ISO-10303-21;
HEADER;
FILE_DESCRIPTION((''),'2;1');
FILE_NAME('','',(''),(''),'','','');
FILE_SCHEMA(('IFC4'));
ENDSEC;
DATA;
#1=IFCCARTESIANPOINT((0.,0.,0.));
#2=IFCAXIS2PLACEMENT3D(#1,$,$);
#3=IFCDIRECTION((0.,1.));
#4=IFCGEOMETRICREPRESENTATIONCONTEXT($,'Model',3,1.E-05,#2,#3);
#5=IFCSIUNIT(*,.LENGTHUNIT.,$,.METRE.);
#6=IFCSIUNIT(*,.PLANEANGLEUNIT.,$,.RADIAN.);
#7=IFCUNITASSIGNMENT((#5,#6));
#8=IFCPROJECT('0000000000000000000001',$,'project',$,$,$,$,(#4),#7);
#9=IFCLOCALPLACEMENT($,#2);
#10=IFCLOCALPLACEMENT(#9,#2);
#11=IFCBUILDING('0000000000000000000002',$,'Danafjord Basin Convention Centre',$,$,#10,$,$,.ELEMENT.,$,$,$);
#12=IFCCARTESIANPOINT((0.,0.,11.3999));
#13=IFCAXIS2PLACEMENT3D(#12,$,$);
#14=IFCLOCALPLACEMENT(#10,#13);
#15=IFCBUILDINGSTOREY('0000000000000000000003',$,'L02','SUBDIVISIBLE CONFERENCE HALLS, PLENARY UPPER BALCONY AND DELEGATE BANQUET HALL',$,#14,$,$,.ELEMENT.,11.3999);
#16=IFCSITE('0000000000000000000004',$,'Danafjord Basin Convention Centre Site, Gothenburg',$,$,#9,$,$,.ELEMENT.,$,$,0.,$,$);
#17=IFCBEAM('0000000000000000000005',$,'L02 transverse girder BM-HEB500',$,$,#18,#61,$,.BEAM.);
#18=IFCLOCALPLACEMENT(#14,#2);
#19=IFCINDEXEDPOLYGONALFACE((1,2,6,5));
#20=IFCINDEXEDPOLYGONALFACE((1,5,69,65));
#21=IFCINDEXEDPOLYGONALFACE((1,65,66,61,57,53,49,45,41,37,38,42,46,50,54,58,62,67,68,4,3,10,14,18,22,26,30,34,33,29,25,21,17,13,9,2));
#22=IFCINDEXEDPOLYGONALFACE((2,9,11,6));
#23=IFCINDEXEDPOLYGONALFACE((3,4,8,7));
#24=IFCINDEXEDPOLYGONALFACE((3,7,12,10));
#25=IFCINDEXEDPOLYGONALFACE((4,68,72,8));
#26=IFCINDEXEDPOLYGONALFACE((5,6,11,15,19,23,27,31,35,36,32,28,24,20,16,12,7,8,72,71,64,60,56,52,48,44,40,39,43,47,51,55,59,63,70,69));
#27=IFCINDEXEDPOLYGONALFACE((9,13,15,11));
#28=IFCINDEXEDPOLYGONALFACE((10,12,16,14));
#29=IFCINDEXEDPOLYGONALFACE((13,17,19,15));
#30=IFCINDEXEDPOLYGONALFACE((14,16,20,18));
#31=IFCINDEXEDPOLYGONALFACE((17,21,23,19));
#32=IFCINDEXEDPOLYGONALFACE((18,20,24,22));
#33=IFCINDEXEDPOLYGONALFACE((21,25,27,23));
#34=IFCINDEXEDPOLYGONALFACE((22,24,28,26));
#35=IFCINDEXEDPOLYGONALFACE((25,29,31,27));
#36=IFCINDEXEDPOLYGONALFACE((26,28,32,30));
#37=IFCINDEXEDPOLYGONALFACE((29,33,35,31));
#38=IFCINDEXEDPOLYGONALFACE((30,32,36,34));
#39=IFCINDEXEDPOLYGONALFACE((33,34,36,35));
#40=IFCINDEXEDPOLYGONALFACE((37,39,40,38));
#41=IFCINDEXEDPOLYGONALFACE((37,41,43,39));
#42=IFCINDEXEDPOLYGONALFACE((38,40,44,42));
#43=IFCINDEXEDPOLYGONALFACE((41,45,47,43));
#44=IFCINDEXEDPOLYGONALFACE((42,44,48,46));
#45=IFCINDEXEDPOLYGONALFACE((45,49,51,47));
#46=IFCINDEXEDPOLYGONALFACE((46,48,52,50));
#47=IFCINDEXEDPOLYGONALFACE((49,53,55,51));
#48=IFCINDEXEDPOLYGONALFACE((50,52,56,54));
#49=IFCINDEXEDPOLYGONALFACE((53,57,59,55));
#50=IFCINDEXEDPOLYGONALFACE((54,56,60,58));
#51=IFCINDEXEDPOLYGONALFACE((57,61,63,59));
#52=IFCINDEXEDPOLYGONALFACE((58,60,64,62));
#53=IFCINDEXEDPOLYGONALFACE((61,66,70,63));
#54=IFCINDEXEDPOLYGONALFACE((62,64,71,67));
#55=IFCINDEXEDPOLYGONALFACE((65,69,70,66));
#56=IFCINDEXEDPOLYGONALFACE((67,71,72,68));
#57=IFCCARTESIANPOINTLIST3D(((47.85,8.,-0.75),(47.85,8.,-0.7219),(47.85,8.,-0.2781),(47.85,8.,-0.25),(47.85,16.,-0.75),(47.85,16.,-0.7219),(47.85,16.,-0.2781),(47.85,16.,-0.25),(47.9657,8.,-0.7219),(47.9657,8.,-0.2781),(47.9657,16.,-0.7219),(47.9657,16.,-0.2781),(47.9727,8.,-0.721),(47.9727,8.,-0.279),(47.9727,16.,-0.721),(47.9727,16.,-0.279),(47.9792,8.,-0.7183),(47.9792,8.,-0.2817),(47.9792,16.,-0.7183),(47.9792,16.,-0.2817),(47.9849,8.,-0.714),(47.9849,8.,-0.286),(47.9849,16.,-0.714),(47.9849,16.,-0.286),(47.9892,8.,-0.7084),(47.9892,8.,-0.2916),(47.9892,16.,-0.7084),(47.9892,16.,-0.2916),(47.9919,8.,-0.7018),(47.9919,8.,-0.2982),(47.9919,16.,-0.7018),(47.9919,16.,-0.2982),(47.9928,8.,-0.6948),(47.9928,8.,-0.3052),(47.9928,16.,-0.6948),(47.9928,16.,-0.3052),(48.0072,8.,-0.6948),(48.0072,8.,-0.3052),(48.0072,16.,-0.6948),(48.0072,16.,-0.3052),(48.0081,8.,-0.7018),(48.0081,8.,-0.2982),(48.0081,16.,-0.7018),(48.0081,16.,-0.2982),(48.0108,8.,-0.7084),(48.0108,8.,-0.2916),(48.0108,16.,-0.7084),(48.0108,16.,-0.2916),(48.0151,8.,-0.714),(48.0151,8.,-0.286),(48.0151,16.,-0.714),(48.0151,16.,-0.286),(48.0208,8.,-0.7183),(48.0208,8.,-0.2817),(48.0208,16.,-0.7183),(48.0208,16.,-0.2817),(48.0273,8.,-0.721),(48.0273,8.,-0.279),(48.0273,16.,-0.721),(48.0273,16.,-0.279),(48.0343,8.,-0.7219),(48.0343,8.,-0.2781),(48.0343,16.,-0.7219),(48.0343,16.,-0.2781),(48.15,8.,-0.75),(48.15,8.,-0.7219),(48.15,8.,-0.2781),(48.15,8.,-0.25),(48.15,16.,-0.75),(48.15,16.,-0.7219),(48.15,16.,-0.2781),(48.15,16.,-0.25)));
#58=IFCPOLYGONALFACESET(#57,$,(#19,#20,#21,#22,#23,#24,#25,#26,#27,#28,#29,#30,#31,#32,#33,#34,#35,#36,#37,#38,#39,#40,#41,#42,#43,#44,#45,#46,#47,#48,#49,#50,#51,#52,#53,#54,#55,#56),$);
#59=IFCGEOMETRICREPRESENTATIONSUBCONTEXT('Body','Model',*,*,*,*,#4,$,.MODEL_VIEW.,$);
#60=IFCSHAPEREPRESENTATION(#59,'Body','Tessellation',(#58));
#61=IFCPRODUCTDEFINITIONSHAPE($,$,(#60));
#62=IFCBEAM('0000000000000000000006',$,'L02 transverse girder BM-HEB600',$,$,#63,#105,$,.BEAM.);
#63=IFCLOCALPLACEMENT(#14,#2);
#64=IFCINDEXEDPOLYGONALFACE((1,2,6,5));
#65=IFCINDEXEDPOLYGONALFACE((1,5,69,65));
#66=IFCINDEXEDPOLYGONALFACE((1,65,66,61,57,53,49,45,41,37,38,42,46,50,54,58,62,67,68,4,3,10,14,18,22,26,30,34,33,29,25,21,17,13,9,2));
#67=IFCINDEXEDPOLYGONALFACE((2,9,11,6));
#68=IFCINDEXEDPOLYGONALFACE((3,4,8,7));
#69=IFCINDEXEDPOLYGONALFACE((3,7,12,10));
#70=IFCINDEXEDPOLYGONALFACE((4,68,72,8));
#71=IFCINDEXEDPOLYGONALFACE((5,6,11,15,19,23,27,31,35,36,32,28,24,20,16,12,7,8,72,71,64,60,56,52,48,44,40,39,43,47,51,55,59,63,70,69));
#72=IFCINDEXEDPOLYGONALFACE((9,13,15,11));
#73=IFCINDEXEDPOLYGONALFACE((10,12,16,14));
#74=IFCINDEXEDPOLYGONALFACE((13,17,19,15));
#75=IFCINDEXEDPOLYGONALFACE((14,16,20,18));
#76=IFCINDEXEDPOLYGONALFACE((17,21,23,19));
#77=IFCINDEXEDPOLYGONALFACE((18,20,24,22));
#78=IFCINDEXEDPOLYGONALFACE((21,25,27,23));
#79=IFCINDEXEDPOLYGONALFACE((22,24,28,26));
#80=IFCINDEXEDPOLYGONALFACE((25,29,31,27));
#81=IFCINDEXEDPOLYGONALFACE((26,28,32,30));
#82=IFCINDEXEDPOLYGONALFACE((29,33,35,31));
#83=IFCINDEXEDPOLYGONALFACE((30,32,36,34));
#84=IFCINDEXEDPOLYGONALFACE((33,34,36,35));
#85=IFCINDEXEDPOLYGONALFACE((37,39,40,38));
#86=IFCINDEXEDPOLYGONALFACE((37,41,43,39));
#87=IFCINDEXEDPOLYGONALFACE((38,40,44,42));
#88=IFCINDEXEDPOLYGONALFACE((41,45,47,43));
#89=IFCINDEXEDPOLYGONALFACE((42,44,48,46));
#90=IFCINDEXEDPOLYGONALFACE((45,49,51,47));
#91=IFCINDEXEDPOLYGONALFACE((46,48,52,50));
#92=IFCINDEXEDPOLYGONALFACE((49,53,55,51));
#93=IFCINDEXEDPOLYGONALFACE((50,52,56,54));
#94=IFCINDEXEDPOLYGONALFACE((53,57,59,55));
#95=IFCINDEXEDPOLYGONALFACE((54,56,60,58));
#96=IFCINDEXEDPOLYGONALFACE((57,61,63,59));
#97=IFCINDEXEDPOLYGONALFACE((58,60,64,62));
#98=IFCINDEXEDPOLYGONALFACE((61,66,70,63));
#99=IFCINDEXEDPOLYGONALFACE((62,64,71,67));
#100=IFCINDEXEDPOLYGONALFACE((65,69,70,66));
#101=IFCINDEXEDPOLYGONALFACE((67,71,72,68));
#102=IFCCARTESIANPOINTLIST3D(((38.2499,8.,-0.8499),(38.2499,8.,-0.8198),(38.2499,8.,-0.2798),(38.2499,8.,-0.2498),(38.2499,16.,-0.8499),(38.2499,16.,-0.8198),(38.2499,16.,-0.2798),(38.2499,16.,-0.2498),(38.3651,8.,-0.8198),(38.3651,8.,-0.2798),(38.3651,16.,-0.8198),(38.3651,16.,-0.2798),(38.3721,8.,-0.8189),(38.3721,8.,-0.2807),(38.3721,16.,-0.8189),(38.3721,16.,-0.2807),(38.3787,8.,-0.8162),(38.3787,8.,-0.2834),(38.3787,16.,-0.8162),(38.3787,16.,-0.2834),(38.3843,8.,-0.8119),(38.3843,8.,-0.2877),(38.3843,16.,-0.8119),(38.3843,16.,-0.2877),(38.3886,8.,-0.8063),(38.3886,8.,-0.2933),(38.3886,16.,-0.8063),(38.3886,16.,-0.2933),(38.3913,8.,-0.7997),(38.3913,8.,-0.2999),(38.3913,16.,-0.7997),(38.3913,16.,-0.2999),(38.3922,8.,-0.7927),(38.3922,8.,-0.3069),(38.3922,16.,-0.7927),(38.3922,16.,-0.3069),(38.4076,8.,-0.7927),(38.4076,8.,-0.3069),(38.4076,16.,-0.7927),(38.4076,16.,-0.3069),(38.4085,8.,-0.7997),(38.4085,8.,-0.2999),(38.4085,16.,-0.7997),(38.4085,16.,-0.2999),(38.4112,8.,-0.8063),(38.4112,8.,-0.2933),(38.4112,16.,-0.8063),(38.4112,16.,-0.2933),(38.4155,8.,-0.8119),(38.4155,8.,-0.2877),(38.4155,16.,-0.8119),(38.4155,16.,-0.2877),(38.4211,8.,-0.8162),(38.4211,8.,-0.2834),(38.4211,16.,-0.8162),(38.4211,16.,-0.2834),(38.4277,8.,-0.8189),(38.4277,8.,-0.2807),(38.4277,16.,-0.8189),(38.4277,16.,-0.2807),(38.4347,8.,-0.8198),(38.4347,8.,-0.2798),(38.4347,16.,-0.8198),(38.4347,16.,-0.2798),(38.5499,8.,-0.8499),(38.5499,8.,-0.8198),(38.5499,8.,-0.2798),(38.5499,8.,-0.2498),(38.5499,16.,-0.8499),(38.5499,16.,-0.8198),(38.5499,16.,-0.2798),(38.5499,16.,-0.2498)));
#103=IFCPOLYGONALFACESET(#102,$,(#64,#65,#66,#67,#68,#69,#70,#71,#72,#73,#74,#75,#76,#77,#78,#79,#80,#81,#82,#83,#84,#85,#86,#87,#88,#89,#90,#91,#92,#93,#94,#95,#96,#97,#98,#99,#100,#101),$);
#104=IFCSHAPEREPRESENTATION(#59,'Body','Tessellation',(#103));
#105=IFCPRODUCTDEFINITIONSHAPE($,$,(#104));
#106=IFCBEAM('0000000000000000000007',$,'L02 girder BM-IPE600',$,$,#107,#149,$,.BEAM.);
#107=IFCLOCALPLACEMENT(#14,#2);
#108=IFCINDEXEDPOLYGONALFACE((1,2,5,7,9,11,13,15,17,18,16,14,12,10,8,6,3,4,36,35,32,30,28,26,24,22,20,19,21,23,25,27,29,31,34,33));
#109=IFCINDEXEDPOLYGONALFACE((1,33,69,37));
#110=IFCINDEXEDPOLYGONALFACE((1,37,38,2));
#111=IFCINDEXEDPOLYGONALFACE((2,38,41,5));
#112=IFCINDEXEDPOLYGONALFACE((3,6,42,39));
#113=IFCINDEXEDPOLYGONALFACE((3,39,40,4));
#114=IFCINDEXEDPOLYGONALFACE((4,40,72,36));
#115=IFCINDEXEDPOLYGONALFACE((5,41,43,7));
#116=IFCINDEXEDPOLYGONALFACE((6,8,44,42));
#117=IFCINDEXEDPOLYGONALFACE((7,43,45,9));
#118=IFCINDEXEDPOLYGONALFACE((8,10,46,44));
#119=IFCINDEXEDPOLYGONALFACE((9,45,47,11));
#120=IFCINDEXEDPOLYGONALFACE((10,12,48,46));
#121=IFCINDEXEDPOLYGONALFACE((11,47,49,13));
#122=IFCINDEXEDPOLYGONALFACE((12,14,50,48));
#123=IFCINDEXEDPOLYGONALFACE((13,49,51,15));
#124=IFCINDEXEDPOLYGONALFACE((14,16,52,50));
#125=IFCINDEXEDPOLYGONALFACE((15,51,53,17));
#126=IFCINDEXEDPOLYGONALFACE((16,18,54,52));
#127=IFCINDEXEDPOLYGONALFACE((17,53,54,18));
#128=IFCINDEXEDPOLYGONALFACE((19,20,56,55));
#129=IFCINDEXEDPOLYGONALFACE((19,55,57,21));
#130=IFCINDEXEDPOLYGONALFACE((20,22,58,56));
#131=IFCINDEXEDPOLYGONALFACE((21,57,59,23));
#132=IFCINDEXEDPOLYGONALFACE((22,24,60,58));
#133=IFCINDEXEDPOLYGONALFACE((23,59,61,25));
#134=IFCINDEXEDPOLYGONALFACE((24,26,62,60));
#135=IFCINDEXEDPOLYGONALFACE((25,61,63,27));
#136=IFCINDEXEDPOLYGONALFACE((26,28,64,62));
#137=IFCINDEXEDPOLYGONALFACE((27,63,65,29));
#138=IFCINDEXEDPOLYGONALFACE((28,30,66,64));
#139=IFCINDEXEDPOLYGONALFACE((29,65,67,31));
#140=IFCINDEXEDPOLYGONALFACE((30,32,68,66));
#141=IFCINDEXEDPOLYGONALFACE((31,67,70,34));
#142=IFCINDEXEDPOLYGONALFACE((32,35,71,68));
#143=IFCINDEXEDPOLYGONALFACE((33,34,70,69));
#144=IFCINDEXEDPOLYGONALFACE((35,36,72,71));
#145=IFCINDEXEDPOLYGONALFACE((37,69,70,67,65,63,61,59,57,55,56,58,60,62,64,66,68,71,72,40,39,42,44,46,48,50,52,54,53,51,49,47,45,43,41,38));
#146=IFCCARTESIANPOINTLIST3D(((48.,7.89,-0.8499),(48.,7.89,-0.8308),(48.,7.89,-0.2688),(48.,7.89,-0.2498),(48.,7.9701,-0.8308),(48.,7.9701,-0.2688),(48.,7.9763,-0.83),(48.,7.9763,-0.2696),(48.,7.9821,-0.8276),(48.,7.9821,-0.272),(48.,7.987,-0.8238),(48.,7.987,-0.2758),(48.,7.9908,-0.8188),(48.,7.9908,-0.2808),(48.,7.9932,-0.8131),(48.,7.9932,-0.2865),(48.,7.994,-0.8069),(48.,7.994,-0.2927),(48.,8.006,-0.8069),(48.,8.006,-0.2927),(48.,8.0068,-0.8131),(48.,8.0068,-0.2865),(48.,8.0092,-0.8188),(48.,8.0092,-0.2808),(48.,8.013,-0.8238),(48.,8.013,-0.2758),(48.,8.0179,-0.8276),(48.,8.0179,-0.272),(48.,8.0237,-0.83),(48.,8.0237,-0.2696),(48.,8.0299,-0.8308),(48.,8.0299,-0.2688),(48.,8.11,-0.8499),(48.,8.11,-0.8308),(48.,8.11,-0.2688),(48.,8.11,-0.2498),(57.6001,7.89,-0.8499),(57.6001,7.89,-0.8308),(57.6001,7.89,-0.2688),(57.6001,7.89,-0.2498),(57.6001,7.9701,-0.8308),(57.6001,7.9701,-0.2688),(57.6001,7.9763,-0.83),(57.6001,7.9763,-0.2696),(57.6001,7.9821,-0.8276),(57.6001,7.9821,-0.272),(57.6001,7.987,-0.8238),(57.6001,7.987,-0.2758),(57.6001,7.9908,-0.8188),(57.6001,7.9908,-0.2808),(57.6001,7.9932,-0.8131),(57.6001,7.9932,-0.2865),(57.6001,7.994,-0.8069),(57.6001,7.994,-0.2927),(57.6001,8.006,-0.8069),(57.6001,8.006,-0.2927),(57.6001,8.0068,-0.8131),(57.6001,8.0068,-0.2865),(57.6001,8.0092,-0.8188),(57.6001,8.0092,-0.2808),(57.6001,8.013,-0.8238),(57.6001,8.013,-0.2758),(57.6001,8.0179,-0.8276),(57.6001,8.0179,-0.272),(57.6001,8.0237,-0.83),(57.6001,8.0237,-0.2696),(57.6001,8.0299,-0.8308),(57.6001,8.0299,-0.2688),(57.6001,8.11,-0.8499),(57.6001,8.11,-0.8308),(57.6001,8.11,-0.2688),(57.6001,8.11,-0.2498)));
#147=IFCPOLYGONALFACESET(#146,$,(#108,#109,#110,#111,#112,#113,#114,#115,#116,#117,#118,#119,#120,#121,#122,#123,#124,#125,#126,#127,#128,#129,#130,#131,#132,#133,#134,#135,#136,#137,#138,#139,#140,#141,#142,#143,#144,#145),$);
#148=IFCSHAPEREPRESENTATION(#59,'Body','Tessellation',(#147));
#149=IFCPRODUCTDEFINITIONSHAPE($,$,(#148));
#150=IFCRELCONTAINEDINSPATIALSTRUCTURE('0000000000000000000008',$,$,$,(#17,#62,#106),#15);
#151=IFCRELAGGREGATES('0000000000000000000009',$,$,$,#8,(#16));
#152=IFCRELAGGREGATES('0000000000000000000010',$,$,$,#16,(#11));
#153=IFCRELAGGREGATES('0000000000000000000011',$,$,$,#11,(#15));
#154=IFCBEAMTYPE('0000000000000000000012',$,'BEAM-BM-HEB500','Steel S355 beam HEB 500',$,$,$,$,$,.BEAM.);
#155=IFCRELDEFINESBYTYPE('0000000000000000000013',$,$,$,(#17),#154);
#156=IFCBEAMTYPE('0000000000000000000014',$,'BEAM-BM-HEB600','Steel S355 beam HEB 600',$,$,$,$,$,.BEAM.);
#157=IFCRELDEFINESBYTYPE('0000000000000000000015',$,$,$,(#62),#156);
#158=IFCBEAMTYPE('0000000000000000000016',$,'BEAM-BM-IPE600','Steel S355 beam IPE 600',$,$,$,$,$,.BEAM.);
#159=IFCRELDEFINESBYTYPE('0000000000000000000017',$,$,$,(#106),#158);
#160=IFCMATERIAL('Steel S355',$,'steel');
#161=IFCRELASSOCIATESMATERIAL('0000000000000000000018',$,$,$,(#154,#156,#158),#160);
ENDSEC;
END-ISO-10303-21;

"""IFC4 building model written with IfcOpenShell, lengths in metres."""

from ifc_helpers import new_model, si_unit, direction, frame, origin, origin_2d, place, context, subcontext, project, spatial, i_section, extrude, material, material_profile, profile_set, type_object, element, save


model = new_model("IFC4")

# Units and contexts
model_context = context("Model", 3, precision=1e-05, world=origin(), true_north=direction((0.0, 1.0)))
body_context = subcontext(model_context, "Body", "Model", "MODEL_VIEW")
ifc_project = project(units=[si_unit("LENGTHUNIT", "METRE"), si_unit("PLANEANGLEUNIT", "RADIAN")], contexts=[model_context])

# Site, building, storey
site_placement = place(None, origin())
site = spatial("IfcSite", under=ifc_project, at=site_placement, Name="Danafjord Basin Convention Centre Site, Gothenburg", CompositionType="ELEMENT", RefElevation=0.0)
building_placement = place(site_placement, origin())
building = spatial("IfcBuilding", under=site, at=building_placement, Name="Danafjord Basin Convention Centre", CompositionType="ELEMENT")
storey_placement = place(building_placement, frame((0.0, 0.0, 11.3999)))
storey = spatial("IfcBuildingStorey", under=building, at=storey_placement, Name="L02", Description="SUBDIVISIBLE CONFERENCE HALLS, PLENARY UPPER BALCONY AND DELEGATE BANQUET HALL", CompositionType="ELEMENT", Elevation=11.3999)

# Shared definitions
ifc_material_1 = material(Name="Steel S355", Category="steel")

# Beams
ifc_material_profile_1 = material_profile(ifc_material_1, i_section(OverallWidth=0.3, OverallDepth=0.5, WebThickness=0.0144, FlangeThickness=0.0281, FilletRadius=0.0271, at=origin_2d()), Name="HEB 500")
ifc_profile_set_1 = profile_set([ifc_material_profile_1], Name="Steel S355")
beam_type_1 = type_object("IfcBeamType", Name="BEAM-BM-HEB500", Description="Steel S355 beam HEB 500", PredefinedType="BEAM", material=ifc_profile_set_1)
beam_1_placement = place(storey_placement, frame((48.0, 8.0, -0.5), z_axis=(0.0, 1.0, 0.0), x_axis=(-1.0, 0.0, 0.0)))
element("IfcBeam", 1, at=beam_1_placement, inside=storey, type_object=beam_type_1, Name="L02 transverse girder BM-HEB500", PredefinedType="BEAM", context=body_context, shape_type="SweptSolid", body=[
    extrude(i_section(OverallWidth=0.3, OverallDepth=0.5, WebThickness=0.0144, FlangeThickness=0.0281, FilletRadius=0.0271, at=origin_2d()), origin(), (0.0, 0.0, 1.0), 8.0),
])
ifc_material_profile_2 = material_profile(ifc_material_1, i_section(OverallWidth=0.3, OverallDepth=0.6001, WebThickness=0.0154, FlangeThickness=0.03, FilletRadius=0.0271, at=origin_2d()), Name="HEB 600")
ifc_profile_set_2 = profile_set([ifc_material_profile_2], Name="Steel S355")
beam_type_2 = type_object("IfcBeamType", Name="BEAM-BM-HEB600", Description="Steel S355 beam HEB 600", PredefinedType="BEAM", material=ifc_profile_set_2)
beam_2_placement = place(storey_placement, frame((38.3999, 8.0, -0.5498), z_axis=(0.0, 1.0, 0.0), x_axis=(-1.0, 0.0, 0.0)))
element("IfcBeam", 2, at=beam_2_placement, inside=storey, type_object=beam_type_2, Name="L02 transverse girder BM-HEB600", PredefinedType="BEAM", context=body_context, shape_type="SweptSolid", body=[
    extrude(i_section(OverallWidth=0.3, OverallDepth=0.6001, WebThickness=0.0154, FlangeThickness=0.03, FilletRadius=0.0271, at=origin_2d()), origin(), (0.0, 0.0, 1.0), 8.0),
])
ifc_material_profile_3 = material_profile(ifc_material_1, i_section(OverallWidth=0.22, OverallDepth=0.6001, WebThickness=0.012, FlangeThickness=0.019, FilletRadius=0.0239, at=origin_2d()), Name="IPE 600")
ifc_profile_set_3 = profile_set([ifc_material_profile_3], Name="Steel S355")
beam_type_3 = type_object("IfcBeamType", Name="BEAM-BM-IPE600", Description="Steel S355 beam IPE 600", PredefinedType="BEAM", material=ifc_profile_set_3)
beam_3_placement = place(storey_placement, frame((48.0, 8.0, -0.5498), z_axis=(1.0, 0.0, 0.0), x_axis=(0.0, 1.0, 0.0)))
element("IfcBeam", 3, at=beam_3_placement, inside=storey, type_object=beam_type_3, Name="L02 girder BM-IPE600", PredefinedType="BEAM", context=body_context, shape_type="SweptSolid", body=[
    extrude(i_section(OverallWidth=0.22, OverallDepth=0.6001, WebThickness=0.012, FlangeThickness=0.019, FilletRadius=0.0239, at=origin_2d()), origin(), (0.0, 0.0, 1.0), 9.6001),
])

save(model, "model.ifc")
